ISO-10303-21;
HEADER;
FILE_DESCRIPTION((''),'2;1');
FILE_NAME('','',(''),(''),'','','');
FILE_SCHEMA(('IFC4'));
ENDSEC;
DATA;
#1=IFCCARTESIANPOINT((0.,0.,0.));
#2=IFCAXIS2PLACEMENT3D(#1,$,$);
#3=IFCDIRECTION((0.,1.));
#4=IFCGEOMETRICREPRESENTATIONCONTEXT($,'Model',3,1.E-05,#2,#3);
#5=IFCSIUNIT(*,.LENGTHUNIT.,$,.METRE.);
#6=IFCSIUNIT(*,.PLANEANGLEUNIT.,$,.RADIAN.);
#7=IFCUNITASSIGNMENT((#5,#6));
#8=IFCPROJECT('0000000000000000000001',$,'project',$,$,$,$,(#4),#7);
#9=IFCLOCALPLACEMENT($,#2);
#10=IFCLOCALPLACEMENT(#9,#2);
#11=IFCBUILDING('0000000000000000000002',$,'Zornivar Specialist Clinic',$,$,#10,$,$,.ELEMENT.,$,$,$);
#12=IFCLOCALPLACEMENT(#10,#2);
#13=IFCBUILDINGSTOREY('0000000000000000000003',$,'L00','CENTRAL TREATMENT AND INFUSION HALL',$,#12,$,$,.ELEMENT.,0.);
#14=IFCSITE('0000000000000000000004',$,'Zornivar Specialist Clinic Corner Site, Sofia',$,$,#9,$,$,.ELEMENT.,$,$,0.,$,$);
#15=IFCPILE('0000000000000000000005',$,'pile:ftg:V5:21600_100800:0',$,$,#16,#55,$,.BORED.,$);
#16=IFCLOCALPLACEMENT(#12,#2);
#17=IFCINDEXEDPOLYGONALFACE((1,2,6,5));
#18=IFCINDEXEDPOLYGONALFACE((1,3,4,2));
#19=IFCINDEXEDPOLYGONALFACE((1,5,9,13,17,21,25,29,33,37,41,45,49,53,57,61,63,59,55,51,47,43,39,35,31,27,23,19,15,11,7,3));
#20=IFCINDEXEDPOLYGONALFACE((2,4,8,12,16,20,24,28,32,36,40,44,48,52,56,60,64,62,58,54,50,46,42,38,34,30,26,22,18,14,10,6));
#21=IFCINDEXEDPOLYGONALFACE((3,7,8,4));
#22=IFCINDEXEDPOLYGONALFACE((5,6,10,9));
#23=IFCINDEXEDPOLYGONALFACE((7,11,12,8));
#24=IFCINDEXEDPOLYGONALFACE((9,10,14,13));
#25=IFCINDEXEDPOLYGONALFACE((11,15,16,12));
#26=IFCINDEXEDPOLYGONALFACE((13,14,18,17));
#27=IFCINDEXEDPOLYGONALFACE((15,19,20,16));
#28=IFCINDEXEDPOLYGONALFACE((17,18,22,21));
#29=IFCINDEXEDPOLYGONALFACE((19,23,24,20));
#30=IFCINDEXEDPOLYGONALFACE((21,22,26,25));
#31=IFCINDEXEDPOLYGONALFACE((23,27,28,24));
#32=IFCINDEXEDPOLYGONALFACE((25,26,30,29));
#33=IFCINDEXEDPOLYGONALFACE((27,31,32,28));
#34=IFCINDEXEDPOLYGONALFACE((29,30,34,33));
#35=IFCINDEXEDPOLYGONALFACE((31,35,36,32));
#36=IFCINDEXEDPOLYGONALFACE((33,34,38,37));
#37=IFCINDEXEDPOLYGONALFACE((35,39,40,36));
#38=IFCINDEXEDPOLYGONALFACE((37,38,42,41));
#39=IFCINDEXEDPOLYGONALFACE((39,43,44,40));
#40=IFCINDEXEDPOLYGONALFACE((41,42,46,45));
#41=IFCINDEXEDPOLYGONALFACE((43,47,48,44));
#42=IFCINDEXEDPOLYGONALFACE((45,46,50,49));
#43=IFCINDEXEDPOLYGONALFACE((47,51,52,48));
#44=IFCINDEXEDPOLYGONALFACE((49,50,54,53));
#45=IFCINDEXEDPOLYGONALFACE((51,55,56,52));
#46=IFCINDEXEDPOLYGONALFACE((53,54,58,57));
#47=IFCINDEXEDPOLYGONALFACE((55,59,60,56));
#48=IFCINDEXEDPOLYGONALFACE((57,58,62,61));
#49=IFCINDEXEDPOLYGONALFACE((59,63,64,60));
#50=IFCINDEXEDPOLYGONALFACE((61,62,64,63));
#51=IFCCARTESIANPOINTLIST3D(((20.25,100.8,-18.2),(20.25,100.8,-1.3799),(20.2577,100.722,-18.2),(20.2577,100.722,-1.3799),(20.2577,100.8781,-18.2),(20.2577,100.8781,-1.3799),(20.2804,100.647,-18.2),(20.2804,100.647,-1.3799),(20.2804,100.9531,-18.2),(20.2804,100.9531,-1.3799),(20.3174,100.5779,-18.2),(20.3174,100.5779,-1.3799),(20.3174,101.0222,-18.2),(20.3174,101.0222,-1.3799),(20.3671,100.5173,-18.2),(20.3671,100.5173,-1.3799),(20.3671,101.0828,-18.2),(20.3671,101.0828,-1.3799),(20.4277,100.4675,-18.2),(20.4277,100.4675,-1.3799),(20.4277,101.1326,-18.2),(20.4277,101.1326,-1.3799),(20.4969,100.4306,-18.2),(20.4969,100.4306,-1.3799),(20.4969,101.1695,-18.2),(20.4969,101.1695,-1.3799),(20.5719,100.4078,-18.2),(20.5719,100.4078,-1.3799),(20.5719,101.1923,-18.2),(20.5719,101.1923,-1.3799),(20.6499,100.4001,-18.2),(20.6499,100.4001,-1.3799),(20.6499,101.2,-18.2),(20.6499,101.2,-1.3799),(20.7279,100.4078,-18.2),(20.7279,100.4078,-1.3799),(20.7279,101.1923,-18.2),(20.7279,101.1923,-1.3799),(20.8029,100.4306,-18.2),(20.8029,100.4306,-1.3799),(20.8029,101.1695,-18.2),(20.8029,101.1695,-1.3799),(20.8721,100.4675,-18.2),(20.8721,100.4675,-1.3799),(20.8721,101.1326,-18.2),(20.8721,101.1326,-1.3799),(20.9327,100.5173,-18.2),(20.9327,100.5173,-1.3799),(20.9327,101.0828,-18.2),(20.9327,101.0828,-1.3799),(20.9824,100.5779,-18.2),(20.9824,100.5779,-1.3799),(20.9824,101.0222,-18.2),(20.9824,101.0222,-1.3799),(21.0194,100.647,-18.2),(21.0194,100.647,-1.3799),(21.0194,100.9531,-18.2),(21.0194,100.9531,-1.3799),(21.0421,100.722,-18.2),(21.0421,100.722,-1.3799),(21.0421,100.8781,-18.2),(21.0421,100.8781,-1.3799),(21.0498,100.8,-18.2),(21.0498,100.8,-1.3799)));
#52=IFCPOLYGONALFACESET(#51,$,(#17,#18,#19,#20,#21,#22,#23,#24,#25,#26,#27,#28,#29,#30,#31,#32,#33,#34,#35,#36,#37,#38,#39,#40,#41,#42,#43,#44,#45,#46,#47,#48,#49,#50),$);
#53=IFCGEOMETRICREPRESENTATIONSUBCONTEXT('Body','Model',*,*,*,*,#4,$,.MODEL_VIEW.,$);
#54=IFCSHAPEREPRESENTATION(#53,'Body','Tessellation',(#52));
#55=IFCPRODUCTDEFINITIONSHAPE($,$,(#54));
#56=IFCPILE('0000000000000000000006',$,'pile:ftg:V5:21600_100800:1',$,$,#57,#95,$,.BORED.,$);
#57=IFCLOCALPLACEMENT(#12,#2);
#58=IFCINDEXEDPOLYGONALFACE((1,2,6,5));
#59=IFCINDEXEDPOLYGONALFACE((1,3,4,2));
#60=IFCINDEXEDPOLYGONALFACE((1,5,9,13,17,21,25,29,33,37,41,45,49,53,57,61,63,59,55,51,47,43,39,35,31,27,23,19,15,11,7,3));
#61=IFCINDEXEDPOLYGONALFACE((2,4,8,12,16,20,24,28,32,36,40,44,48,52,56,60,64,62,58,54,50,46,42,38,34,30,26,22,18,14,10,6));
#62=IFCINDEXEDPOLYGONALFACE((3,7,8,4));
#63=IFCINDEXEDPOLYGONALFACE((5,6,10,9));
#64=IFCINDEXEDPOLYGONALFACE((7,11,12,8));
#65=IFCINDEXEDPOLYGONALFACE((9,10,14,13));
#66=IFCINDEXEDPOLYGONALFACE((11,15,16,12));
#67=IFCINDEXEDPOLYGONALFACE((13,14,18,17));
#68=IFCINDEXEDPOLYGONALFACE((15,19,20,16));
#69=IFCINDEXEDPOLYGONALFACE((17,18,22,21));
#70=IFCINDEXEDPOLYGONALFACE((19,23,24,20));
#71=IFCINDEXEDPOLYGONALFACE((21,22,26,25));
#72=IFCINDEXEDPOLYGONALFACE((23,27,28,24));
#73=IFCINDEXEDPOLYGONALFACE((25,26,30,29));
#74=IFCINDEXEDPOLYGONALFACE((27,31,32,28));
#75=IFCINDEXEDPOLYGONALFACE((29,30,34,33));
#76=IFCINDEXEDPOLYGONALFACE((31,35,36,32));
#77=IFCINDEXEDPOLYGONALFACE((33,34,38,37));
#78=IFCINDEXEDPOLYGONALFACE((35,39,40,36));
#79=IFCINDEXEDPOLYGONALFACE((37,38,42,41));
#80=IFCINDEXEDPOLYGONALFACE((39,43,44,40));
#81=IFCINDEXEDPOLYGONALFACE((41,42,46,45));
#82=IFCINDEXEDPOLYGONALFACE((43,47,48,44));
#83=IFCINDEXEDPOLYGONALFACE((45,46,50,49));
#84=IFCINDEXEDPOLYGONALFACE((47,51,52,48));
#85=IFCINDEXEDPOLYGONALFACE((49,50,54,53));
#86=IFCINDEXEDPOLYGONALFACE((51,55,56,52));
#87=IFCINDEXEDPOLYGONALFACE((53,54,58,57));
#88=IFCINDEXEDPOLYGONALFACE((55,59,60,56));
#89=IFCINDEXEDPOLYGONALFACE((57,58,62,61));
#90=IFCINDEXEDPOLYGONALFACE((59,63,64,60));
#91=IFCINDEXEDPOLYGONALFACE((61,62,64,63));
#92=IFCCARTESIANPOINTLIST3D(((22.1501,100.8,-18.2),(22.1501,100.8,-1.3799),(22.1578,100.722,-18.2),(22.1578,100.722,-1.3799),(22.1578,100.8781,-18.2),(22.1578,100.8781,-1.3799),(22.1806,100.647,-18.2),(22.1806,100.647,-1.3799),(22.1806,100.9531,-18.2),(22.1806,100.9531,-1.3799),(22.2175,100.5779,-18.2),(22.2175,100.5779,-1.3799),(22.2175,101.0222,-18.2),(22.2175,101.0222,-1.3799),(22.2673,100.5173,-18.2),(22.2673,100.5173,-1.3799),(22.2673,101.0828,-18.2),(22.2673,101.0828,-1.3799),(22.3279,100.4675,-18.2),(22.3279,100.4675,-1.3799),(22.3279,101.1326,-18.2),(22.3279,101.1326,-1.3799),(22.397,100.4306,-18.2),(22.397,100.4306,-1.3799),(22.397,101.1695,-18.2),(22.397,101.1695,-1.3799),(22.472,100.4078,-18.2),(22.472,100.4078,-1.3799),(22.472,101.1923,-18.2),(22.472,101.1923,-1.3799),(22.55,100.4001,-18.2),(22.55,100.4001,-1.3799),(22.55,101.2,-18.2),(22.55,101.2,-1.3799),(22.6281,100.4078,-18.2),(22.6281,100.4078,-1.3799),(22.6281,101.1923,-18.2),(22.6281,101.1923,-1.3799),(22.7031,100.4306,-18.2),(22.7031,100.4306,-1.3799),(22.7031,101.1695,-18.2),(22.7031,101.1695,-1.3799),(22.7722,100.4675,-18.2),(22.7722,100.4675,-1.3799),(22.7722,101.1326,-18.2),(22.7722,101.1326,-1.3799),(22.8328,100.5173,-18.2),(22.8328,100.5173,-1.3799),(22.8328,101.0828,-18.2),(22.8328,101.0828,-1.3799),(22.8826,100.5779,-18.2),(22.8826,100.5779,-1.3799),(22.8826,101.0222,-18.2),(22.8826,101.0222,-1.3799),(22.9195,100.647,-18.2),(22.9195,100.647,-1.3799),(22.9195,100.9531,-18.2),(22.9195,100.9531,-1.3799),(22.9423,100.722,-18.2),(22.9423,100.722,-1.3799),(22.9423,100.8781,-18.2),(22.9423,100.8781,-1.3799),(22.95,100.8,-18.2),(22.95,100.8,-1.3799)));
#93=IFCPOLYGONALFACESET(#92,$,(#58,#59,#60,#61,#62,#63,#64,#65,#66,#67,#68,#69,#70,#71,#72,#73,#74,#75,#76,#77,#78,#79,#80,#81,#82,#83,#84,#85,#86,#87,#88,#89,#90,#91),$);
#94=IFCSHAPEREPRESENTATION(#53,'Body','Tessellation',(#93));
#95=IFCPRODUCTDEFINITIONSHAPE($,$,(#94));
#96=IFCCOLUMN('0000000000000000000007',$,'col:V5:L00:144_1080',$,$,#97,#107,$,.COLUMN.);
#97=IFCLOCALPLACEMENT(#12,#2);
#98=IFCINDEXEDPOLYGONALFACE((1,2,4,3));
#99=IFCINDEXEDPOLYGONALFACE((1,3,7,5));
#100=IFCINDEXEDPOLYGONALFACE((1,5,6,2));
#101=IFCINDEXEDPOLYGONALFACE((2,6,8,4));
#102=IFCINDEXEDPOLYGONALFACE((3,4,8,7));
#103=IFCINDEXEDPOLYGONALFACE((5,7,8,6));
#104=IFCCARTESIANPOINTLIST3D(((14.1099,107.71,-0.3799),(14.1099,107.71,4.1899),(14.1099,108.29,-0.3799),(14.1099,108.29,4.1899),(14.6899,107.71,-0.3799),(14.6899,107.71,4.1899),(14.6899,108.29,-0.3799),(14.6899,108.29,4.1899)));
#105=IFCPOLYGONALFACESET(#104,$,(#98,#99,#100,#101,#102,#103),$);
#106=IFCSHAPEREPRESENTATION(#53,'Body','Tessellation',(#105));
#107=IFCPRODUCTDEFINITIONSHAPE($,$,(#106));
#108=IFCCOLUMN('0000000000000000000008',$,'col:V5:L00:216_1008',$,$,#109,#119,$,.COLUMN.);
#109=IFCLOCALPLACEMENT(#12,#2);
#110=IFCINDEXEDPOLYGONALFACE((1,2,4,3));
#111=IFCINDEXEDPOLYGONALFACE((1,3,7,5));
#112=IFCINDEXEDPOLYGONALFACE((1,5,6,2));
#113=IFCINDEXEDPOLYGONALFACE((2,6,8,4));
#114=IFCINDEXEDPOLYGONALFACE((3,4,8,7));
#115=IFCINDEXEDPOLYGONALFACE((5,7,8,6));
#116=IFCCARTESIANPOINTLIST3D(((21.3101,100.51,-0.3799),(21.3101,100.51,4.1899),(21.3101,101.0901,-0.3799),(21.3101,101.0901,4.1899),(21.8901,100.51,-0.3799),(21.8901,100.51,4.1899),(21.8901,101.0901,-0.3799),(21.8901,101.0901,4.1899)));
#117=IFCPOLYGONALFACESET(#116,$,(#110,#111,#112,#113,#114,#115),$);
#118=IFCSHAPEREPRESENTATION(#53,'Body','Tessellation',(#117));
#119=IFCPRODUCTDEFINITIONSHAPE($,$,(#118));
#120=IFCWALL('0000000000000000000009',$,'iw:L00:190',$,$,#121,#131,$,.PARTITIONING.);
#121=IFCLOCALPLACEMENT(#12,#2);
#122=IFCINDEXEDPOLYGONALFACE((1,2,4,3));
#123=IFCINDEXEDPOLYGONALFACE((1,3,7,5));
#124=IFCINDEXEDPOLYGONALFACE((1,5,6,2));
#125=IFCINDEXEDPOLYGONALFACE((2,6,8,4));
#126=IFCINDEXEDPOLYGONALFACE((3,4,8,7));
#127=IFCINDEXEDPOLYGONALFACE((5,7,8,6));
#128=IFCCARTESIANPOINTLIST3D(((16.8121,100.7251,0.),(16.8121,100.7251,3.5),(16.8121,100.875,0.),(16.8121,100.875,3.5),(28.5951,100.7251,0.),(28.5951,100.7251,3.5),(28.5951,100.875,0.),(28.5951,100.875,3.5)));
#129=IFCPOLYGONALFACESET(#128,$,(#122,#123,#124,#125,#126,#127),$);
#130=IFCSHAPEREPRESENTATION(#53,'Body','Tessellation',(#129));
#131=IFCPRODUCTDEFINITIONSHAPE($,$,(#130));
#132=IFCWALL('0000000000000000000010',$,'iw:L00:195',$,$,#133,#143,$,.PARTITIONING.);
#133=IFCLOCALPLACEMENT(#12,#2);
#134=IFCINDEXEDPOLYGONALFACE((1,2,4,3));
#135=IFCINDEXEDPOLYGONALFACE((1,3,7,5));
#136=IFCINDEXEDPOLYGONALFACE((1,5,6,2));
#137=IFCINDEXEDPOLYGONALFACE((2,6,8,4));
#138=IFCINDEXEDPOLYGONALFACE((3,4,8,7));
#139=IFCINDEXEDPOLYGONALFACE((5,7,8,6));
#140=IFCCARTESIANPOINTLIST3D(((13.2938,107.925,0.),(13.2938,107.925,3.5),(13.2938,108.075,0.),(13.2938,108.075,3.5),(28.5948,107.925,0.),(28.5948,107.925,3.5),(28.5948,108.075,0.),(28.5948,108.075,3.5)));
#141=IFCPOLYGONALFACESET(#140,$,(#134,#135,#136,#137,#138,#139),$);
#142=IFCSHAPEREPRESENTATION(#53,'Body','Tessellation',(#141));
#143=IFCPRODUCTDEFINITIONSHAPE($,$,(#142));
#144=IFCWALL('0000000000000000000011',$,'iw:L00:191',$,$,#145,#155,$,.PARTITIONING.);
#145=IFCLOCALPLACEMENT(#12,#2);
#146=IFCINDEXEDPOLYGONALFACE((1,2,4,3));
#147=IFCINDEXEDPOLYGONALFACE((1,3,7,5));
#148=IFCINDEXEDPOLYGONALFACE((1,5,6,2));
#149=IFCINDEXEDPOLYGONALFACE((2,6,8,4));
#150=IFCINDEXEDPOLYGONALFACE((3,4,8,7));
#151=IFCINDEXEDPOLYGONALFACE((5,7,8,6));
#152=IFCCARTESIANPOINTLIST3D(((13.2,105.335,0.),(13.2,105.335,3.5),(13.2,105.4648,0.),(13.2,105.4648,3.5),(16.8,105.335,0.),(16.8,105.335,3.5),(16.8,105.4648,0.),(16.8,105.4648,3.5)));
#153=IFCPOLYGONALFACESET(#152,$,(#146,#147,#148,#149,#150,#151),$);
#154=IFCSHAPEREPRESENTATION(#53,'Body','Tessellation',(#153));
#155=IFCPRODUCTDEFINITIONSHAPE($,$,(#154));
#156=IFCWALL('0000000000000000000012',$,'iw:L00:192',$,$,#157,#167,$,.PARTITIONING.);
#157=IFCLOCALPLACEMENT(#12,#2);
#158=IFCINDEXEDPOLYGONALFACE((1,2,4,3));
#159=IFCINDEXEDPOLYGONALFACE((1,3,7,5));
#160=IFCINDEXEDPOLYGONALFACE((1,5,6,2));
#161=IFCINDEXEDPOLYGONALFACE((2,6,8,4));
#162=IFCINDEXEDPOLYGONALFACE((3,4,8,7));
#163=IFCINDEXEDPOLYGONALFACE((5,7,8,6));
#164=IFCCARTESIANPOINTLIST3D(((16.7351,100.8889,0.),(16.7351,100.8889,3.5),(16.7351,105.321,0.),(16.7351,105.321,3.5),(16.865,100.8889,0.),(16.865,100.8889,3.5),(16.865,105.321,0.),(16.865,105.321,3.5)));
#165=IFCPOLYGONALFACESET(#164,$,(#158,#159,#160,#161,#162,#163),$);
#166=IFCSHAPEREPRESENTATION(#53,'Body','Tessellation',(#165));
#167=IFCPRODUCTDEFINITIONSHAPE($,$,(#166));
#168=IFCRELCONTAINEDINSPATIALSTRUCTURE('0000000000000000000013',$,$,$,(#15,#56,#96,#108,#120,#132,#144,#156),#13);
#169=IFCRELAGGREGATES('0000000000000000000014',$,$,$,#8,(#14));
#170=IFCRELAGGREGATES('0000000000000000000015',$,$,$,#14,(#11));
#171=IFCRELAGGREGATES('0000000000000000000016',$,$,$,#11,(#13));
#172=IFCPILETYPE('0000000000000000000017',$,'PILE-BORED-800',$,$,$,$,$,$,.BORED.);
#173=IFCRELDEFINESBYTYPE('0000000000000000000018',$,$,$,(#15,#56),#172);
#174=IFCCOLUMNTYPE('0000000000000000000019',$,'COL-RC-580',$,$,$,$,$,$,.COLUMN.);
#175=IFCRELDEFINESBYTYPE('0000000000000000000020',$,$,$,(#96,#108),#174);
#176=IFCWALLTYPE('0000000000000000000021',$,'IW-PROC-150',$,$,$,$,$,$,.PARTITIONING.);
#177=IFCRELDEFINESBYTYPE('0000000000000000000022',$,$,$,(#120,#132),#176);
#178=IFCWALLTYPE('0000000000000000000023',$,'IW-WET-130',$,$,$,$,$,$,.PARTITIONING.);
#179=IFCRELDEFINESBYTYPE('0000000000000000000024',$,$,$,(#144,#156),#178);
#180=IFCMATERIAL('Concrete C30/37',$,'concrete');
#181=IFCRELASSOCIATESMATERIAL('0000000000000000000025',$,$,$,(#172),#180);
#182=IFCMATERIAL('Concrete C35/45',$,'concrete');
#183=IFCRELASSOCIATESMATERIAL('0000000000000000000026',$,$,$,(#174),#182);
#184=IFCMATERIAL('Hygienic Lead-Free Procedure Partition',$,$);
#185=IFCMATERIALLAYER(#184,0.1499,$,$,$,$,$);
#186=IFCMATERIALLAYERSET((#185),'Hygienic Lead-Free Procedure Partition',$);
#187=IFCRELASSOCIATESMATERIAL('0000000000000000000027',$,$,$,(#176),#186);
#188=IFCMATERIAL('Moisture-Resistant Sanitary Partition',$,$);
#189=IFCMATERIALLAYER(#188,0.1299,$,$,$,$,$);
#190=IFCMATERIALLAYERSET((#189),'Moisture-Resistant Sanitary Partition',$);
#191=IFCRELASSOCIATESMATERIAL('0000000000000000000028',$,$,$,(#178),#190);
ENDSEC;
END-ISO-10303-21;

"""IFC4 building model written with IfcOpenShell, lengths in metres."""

from ifc_helpers import new_model, si_unit, direction, frame, frame_2d, origin, origin_2d, place, context, subcontext, project, spatial, rectangle, circle, extrude, material, layer, layer_set, material_profile, profile_set, type_object, element, save


model = new_model("IFC4")

# Units and contexts
model_context = context("Model", 3, precision=1e-05, world=origin(), true_north=direction((0.0, 1.0)))
body_context = subcontext(model_context, "Body", "Model", "MODEL_VIEW")
ifc_project = project(units=[si_unit("LENGTHUNIT", "METRE"), si_unit("PLANEANGLEUNIT", "RADIAN")], contexts=[model_context])

# Site, building, storey
site_placement = place(None, origin())
site = spatial("IfcSite", under=ifc_project, at=site_placement, Name="Zornivar Specialist Clinic Corner Site, Sofia", CompositionType="ELEMENT", RefElevation=0.0)
building_placement = place(site_placement, origin())
building = spatial("IfcBuilding", under=site, at=building_placement, Name="Zornivar Specialist Clinic", CompositionType="ELEMENT")
storey_placement = place(building_placement, origin())
storey = spatial("IfcBuildingStorey", under=building, at=storey_placement, Name="L00", Description="CENTRAL TREATMENT AND INFUSION HALL", CompositionType="ELEMENT", Elevation=0.0)

# Piles
ifc_material_1 = material(Name="Concrete C30/37", Category="concrete")
ifc_material_profile_1 = material_profile(ifc_material_1, circle(Radius=0.3999, at=origin_2d()), Name="PILE D800")
ifc_profile_set_1 = profile_set([ifc_material_profile_1], Name="Concrete C30/37")
pile_type = type_object("IfcPileType", Name="PILE-BORED-800", PredefinedType="BORED", material=ifc_profile_set_1)
for number, where, z_axis, x_axis, name in (
    (1, (20.6499, 100.8, -1.3799), (0.0, 0.0, -1.0), (1.0, 0.0, 0.0), "pile:ftg:V5:21600_100800:0"),
    (2, (22.55, 100.8, -1.3799), (0.0, 0.0, -1.0), (1.0, 0.0, 0.0), "pile:ftg:V5:21600_100800:1"),
):
    element("IfcPile", number, at=place(storey_placement, frame(where, z_axis=z_axis, x_axis=x_axis)), inside=storey, type_object=pile_type, Name=name, PredefinedType="BORED", context=body_context, shape_type="SweptSolid", body=[
        extrude(circle(Radius=0.3999, at=origin_2d()), origin(), (0.0, 0.0, 1.0), 16.8201),
    ])

# Columns
ifc_material_2 = material(Name="Concrete C35/45", Category="concrete")
ifc_material_profile_2 = material_profile(ifc_material_2, rectangle(XDim=0.5801, YDim=0.5801, at=origin_2d()), Name="RC 580x580")
ifc_profile_set_2 = profile_set([ifc_material_profile_2], Name="Concrete C35/45")
column_type = type_object("IfcColumnType", Name="COL-RC-580", PredefinedType="COLUMN", material=ifc_profile_set_2)
for number, where, z_axis, x_axis, name in (
    (3, (14.3999, 108.0, -0.3799), (0.0, 0.0, 1.0), (1.0, 0.0, 0.0), "col:V5:L00:144_1080"),
    (4, (21.6001, 100.8, -0.3799), (0.0, 0.0, 1.0), (1.0, 0.0, 0.0), "col:V5:L00:216_1008"),
):
    element("IfcColumn", number, at=place(storey_placement, frame(where, z_axis=z_axis, x_axis=x_axis)), inside=storey, type_object=column_type, Name=name, PredefinedType="COLUMN", context=body_context, shape_type="SweptSolid", body=[
        extrude(rectangle(XDim=0.5801, YDim=0.5801, at=origin_2d()), origin(), (0.0, 0.0, 1.0), 4.5698),
    ])

# Walls
ifc_material_3 = material(Name="Hygienic Lead-Free Procedure Partition")
ifc_layer_1 = layer(ifc_material_3, 0.1499)
ifc_layer_set_1 = layer_set([ifc_layer_1], Name="Hygienic Lead-Free Procedure Partition")
wall_type_1 = type_object("IfcWallType", Name="IW-PROC-150", PredefinedType="PARTITIONING", material=ifc_layer_set_1)
wall_1_placement = place(storey_placement, frame((16.812, 100.8, 0.0), z_axis=(0.0, 0.0, 1.0), x_axis=(1.0, 0.0, 0.0)))
element("IfcWall", 5, at=wall_1_placement, inside=storey, type_object=wall_type_1, Name="iw:L00:190", PredefinedType="PARTITIONING", context=body_context, shape_type="SweptSolid", body=[
    extrude(rectangle(XDim=11.783, YDim=0.1499, at=frame_2d((5.8916, 0.0))), origin(), (0.0, 0.0, 1.0), 3.5),
])
wall_2_placement = place(storey_placement, frame((13.2939, 108.0, 0.0), z_axis=(0.0, 0.0, 1.0), x_axis=(1.0, 0.0, 0.0)))
element("IfcWall", 6, at=wall_2_placement, inside=storey, type_object=wall_type_1, Name="iw:L00:195", PredefinedType="PARTITIONING", context=body_context, shape_type="SweptSolid", body=[
    extrude(rectangle(XDim=15.301, YDim=0.1499, at=frame_2d((7.6504, 0.0))), origin(), (0.0, 0.0, 1.0), 3.5),
])
ifc_material_4 = material(Name="Moisture-Resistant Sanitary Partition")
ifc_layer_2 = layer(ifc_material_4, 0.1299)
ifc_layer_set_2 = layer_set([ifc_layer_2], Name="Moisture-Resistant Sanitary Partition")
wall_type_2 = type_object("IfcWallType", Name="IW-WET-130", PredefinedType="PARTITIONING", material=ifc_layer_set_2)
wall_3_placement = place(storey_placement, frame((13.2, 105.3999, 0.0), z_axis=(0.0, 0.0, 1.0), x_axis=(1.0, 0.0, 0.0)))
element("IfcWall", 7, at=wall_3_placement, inside=storey, type_object=wall_type_2, Name="iw:L00:191", PredefinedType="PARTITIONING", context=body_context, shape_type="SweptSolid", body=[
    extrude(rectangle(XDim=3.6001, YDim=0.1299, at=frame_2d((1.8, 0.0))), origin(), (0.0, 0.0, 1.0), 3.5),
])
wall_4_placement = place(storey_placement, frame((16.8, 105.321, 0.0), z_axis=(0.0, 0.0, 1.0), x_axis=(0.0, -1.0, 0.0)))
element("IfcWall", 8, at=wall_4_placement, inside=storey, type_object=wall_type_2, Name="iw:L00:192", PredefinedType="PARTITIONING", context=body_context, shape_type="SweptSolid", body=[
    extrude(rectangle(XDim=4.4321, YDim=0.1299, at=frame_2d((2.2161, 0.0))), origin(), (0.0, 0.0, 1.0), 3.5),
])

save(model, "model.ifc")
